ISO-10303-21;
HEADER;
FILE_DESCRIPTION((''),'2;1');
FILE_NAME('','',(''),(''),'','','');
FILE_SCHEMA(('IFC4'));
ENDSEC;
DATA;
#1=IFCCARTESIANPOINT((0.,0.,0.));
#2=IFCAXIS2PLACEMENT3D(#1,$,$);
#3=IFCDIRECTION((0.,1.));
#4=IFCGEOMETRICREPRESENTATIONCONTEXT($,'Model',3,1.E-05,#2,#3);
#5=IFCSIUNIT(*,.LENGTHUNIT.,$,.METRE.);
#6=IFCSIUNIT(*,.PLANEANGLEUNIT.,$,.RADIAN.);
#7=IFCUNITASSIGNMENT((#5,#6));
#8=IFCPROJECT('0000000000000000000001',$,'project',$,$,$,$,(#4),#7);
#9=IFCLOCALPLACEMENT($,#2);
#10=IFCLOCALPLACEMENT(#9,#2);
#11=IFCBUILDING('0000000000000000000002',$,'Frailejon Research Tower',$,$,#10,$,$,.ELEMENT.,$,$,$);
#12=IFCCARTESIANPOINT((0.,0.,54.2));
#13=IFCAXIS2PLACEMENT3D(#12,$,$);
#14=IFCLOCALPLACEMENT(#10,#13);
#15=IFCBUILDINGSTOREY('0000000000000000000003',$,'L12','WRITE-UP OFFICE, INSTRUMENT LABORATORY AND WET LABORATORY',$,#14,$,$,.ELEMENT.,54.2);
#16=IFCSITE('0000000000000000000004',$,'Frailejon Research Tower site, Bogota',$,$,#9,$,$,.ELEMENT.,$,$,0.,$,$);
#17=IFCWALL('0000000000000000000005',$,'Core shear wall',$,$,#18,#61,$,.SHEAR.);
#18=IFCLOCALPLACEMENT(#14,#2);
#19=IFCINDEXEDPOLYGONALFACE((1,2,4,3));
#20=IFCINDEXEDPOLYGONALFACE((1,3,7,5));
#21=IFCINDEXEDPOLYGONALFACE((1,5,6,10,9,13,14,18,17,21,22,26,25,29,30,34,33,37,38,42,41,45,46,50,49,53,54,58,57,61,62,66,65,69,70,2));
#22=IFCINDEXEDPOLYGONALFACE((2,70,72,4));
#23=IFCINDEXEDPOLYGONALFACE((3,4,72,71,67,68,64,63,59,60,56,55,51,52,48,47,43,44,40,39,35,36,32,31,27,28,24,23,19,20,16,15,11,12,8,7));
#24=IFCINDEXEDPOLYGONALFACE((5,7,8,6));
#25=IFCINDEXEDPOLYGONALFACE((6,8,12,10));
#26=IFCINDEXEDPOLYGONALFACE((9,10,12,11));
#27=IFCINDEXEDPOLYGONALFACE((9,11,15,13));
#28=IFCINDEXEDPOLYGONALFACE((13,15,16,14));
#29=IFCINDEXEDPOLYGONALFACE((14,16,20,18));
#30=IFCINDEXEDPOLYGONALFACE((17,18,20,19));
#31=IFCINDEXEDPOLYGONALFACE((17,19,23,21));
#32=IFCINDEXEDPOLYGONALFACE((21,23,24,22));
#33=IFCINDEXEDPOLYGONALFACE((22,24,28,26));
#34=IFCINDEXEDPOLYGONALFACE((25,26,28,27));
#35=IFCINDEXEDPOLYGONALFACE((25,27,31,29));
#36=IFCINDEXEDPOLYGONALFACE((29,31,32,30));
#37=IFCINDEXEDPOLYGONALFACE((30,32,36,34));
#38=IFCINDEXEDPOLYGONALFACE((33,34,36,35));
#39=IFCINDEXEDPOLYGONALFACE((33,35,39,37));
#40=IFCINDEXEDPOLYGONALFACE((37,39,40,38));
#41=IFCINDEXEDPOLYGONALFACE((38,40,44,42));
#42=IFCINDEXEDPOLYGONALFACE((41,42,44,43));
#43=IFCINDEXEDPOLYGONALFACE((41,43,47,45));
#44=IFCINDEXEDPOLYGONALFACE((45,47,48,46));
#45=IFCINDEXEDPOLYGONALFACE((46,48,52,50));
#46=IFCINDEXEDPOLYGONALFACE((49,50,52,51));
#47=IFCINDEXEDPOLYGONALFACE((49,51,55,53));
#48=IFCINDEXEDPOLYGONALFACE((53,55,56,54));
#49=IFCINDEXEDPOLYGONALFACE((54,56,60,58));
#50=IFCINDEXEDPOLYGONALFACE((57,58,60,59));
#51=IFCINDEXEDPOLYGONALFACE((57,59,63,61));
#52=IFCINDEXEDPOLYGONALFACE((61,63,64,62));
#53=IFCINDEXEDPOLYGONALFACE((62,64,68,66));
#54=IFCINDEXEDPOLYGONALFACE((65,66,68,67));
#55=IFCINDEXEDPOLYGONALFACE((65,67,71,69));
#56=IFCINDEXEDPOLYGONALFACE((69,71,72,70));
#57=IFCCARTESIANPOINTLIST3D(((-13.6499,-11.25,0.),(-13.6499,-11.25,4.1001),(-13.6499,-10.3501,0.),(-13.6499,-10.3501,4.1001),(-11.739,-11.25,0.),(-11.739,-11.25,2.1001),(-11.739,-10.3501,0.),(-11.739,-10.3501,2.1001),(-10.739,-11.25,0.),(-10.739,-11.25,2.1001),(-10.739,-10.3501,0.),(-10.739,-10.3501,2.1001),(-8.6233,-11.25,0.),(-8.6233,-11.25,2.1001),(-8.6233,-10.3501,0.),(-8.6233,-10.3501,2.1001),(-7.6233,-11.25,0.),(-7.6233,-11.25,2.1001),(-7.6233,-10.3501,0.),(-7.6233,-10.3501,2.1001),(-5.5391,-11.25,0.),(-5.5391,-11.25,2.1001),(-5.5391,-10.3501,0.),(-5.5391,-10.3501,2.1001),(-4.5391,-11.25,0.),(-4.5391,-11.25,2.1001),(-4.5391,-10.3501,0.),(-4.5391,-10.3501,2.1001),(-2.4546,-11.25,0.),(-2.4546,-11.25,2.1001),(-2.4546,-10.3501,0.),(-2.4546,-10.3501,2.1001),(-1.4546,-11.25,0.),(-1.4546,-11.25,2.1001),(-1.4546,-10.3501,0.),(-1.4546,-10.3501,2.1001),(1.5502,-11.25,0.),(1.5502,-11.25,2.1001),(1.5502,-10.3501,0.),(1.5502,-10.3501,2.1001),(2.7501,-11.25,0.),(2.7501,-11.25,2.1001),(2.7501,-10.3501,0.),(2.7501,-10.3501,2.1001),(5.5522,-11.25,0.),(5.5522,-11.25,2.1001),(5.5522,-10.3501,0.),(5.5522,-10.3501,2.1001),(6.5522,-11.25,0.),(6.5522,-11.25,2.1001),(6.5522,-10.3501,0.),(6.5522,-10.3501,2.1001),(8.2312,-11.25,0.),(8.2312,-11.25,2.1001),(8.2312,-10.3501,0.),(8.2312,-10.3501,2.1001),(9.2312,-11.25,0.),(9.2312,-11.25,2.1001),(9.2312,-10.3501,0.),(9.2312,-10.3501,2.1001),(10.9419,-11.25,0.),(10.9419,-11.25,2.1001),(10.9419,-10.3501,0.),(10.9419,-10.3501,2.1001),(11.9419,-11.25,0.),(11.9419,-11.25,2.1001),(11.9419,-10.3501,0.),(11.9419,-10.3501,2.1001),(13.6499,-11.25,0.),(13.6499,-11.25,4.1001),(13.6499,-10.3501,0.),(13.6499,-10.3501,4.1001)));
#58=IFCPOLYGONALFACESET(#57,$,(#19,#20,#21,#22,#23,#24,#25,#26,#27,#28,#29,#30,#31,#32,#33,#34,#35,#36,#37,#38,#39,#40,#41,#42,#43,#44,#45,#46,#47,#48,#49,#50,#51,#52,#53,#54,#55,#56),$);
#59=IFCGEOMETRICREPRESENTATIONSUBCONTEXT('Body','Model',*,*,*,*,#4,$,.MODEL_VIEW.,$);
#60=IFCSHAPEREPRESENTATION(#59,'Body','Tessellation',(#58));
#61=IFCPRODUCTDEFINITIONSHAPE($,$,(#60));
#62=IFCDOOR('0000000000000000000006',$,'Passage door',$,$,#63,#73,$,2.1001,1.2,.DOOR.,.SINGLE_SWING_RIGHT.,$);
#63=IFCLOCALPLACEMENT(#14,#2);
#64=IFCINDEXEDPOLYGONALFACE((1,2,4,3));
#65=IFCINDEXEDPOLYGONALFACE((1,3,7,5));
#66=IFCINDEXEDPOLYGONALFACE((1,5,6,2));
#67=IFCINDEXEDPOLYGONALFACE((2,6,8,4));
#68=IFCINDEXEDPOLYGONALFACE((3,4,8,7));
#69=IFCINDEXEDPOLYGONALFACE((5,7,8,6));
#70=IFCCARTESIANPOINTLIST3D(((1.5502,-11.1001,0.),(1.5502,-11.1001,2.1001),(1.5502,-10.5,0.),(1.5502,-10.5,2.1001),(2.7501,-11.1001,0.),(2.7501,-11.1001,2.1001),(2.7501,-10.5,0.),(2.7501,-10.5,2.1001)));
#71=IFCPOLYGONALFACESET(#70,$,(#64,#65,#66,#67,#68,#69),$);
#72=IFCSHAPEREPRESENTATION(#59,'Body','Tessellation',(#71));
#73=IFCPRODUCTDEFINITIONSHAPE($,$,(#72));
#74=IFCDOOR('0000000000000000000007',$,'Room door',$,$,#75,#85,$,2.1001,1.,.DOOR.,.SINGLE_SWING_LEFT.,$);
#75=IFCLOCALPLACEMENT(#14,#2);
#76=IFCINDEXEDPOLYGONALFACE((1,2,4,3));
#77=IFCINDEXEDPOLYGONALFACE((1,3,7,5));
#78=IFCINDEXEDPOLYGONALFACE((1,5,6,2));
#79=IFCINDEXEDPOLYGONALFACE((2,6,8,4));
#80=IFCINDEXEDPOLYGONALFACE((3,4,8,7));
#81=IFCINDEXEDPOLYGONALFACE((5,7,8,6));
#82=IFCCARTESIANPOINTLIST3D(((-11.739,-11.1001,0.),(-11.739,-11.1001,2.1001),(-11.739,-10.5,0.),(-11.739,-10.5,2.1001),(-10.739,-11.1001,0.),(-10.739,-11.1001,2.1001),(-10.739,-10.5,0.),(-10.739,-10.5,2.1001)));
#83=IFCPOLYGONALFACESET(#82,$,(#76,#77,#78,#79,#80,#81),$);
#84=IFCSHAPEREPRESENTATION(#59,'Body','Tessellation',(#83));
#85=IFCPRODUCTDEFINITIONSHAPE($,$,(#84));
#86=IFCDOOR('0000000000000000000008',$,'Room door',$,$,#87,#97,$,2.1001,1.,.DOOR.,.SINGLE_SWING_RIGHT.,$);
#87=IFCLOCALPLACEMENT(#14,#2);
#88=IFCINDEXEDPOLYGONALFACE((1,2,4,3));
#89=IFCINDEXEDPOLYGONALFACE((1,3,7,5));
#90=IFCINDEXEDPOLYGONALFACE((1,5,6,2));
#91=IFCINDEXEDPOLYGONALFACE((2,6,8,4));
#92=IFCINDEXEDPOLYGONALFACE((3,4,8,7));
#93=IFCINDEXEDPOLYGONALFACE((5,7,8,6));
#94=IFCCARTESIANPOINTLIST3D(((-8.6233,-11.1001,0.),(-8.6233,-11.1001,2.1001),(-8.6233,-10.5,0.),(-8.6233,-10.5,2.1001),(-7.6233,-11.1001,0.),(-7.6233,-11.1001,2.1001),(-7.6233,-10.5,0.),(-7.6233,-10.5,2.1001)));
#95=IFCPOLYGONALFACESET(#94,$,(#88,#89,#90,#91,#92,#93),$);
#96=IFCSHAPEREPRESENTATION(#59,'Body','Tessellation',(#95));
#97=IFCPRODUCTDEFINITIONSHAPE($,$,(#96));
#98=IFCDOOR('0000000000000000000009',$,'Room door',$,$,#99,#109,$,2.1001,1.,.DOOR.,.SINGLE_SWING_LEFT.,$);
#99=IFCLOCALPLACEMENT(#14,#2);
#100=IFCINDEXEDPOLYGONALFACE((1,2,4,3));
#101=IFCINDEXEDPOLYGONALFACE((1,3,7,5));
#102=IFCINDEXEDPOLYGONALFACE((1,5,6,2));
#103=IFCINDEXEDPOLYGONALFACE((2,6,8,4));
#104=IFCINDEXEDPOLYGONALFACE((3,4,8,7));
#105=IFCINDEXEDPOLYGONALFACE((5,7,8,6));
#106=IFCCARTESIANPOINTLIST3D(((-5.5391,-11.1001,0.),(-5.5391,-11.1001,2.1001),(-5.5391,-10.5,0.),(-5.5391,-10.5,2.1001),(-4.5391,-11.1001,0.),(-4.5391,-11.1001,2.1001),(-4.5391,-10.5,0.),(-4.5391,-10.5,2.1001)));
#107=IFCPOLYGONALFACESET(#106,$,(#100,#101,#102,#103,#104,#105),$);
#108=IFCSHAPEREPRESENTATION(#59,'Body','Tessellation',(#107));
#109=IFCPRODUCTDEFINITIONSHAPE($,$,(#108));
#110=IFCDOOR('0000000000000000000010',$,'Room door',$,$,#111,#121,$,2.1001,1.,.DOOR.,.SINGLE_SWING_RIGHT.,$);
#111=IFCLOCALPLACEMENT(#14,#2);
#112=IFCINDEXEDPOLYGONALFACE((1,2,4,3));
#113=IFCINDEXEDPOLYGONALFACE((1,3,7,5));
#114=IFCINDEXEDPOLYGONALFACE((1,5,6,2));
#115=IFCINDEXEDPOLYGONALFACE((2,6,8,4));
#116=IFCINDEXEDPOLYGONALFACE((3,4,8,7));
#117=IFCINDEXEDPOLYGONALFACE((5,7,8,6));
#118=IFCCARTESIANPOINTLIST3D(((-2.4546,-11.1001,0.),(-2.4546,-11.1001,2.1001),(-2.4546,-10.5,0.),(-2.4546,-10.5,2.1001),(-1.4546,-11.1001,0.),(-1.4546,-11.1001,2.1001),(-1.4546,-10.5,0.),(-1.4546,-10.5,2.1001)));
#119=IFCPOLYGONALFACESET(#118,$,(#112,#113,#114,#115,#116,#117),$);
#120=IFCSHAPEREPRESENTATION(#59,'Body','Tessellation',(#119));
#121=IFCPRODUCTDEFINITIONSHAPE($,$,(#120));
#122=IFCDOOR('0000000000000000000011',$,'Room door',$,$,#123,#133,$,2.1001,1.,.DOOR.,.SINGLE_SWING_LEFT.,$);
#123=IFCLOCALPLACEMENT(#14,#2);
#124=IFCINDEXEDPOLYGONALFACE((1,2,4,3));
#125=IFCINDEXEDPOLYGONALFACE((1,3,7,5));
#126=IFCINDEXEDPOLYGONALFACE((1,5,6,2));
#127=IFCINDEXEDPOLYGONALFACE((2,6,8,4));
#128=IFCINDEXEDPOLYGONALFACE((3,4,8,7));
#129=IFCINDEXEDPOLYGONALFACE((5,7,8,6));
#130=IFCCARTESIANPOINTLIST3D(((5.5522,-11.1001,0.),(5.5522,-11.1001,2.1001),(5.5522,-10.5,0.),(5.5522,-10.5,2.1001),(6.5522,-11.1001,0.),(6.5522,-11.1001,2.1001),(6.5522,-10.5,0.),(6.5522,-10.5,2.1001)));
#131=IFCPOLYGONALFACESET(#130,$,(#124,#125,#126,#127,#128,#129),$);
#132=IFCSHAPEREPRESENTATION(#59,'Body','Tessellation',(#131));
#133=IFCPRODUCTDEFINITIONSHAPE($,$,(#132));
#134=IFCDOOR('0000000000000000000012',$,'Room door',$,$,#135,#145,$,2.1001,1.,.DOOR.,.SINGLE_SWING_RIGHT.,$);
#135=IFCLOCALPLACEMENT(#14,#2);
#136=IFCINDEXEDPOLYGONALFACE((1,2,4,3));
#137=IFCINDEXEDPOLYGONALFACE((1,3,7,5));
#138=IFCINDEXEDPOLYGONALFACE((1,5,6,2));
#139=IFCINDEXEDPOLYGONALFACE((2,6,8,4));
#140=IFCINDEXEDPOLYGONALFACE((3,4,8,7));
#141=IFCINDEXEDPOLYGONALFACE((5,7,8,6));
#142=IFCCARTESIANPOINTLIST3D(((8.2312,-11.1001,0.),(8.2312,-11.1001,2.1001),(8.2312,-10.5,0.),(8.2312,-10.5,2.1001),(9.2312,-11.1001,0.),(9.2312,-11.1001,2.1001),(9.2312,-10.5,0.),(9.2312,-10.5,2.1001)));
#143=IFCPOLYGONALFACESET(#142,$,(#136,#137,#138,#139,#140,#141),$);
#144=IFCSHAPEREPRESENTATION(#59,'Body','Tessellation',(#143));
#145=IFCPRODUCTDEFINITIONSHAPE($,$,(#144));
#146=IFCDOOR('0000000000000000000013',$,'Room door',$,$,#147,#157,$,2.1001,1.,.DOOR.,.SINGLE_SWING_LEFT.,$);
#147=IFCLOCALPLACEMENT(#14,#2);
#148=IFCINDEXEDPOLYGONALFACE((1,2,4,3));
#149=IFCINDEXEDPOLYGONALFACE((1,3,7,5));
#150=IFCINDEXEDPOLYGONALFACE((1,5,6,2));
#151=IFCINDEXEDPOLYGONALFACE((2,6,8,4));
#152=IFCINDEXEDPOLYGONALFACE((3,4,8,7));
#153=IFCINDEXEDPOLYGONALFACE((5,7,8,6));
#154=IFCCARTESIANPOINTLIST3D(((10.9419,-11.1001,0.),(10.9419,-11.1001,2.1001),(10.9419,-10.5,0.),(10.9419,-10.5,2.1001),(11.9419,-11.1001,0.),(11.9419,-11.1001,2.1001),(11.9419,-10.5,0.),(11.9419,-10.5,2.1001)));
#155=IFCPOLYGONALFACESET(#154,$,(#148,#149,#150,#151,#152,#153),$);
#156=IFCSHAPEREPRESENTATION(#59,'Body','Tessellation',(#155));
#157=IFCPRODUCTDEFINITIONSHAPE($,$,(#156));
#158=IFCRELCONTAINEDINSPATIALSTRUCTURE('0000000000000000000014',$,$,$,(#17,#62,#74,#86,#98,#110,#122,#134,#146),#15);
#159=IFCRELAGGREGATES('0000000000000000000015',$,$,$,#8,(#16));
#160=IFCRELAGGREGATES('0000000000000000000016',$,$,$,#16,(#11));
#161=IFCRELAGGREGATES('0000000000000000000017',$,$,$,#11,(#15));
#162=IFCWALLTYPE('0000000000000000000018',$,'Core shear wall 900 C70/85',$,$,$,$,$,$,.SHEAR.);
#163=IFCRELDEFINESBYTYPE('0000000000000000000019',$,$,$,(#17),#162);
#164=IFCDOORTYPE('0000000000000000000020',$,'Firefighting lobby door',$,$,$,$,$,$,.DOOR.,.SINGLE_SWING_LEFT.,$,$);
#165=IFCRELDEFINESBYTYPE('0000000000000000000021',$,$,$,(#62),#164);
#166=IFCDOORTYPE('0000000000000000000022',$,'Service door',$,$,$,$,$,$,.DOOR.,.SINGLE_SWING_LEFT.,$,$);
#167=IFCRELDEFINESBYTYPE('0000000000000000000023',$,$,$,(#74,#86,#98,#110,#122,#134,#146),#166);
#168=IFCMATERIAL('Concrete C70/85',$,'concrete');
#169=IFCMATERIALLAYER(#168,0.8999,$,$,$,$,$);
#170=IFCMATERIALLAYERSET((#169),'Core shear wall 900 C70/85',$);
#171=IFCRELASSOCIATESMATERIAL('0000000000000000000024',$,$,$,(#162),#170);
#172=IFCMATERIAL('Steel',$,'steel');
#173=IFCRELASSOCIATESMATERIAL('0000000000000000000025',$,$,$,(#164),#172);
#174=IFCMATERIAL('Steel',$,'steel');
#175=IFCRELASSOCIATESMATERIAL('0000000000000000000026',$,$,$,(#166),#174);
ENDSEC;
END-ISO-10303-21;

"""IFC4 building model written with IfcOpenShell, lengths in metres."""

from ifc_helpers import new_model, si_unit, direction, frame, frame_2d, origin, place, context, subcontext, project, spatial, rectangle, extrude, material, layer, layer_set, type_object, element, fill, save


model = new_model("IFC4")

# Units and contexts
model_context = context("Model", 3, precision=1e-05, world=origin(), true_north=direction((0.0, 1.0)))
body_context = subcontext(model_context, "Body", "Model", "MODEL_VIEW")
ifc_project = project(units=[si_unit("LENGTHUNIT", "METRE"), si_unit("PLANEANGLEUNIT", "RADIAN")], contexts=[model_context])

# Site, building, storey
site_placement = place(None, origin())
site = spatial("IfcSite", under=ifc_project, at=site_placement, Name="Frailejon Research Tower site, Bogota", CompositionType="ELEMENT", RefElevation=0.0)
building_placement = place(site_placement, origin())
building = spatial("IfcBuilding", under=site, at=building_placement, Name="Frailejon Research Tower", CompositionType="ELEMENT")
storey_placement = place(building_placement, frame((0.0, 0.0, 54.2)))
storey = spatial("IfcBuildingStorey", under=building, at=storey_placement, Name="L12", Description="WRITE-UP OFFICE, INSTRUMENT LABORATORY AND WET LABORATORY", CompositionType="ELEMENT", Elevation=54.2)

# Wall, openings, doors
ifc_material_1 = material(Name="Concrete C70/85", Category="concrete")
ifc_layer_1 = layer(ifc_material_1, 0.8999)
ifc_layer_set_1 = layer_set([ifc_layer_1], Name="Core shear wall 900 C70/85")
wall_type_1 = type_object("IfcWallType", Name="Core shear wall 900 C70/85", PredefinedType="SHEAR", material=ifc_layer_set_1)
wall_1_placement = place(storey_placement, frame((-13.6499, -10.8, 0.0), z_axis=(0.0, 0.0, 1.0), x_axis=(1.0, 0.0, 0.0)))
wall_1 = element("IfcWall", 1, at=wall_1_placement, inside=storey, type_object=wall_type_1, Name="Core shear wall", PredefinedType="SHEAR", context=body_context, shape_type="SweptSolid", body=[
    extrude(rectangle(XDim=27.2998, YDim=0.8999, at=frame_2d((13.6499, 0.0))), origin(), (0.0, 0.0, 1.0), 4.1001),
])
opening_1_placement = place(wall_1_placement, frame((1.9109, 0.0, 0.0)))
opening_1 = element("IfcOpeningElement", 2, at=opening_1_placement, cuts=wall_1, PredefinedType="OPENING", context=body_context, shape_type="SweptSolid", body=[
    extrude(rectangle(XDim=1.0, YDim=2.1001, at=frame_2d((0.5, 1.05))), frame((0.0, 0.46, 0.0), z_axis=(0.0, -1.0, 0.0), x_axis=(1.0, 0.0, 0.0)), (0.0, 0.0, 1.0), 0.9199),
])
opening_2_placement = place(wall_1_placement, frame((5.0266, 0.0, 0.0)))
opening_2 = element("IfcOpeningElement", 3, at=opening_2_placement, cuts=wall_1, PredefinedType="OPENING", context=body_context, shape_type="SweptSolid", body=[
    extrude(rectangle(XDim=1.0, YDim=2.1001, at=frame_2d((0.5, 1.05))), frame((0.0, 0.46, 0.0), z_axis=(0.0, -1.0, 0.0), x_axis=(1.0, 0.0, 0.0)), (0.0, 0.0, 1.0), 0.9199),
])
opening_3_placement = place(wall_1_placement, frame((8.1108, 0.0, 0.0)))
opening_3 = element("IfcOpeningElement", 4, at=opening_3_placement, cuts=wall_1, PredefinedType="OPENING", context=body_context, shape_type="SweptSolid", body=[
    extrude(rectangle(XDim=1.0, YDim=2.1001, at=frame_2d((0.5, 1.05))), frame((0.0, 0.46, 0.0), z_axis=(0.0, -1.0, 0.0), x_axis=(1.0, 0.0, 0.0)), (0.0, 0.0, 1.0), 0.9199),
])
opening_4_placement = place(wall_1_placement, frame((11.1953, 0.0, 0.0)))
opening_4 = element("IfcOpeningElement", 5, at=opening_4_placement, cuts=wall_1, PredefinedType="OPENING", context=body_context, shape_type="SweptSolid", body=[
    extrude(rectangle(XDim=1.0, YDim=2.1001, at=frame_2d((0.5, 1.05))), frame((0.0, 0.46, 0.0), z_axis=(0.0, -1.0, 0.0), x_axis=(1.0, 0.0, 0.0)), (0.0, 0.0, 1.0), 0.9199),
])
opening_5_placement = place(wall_1_placement, frame((19.2021, 0.0, 0.0)))
opening_5 = element("IfcOpeningElement", 6, at=opening_5_placement, cuts=wall_1, PredefinedType="OPENING", context=body_context, shape_type="SweptSolid", body=[
    extrude(rectangle(XDim=1.0, YDim=2.1001, at=frame_2d((0.5, 1.05))), frame((0.0, 0.46, 0.0), z_axis=(0.0, -1.0, 0.0), x_axis=(1.0, 0.0, 0.0)), (0.0, 0.0, 1.0), 0.9199),
])
opening_6_placement = place(wall_1_placement, frame((21.8811, 0.0, 0.0)))
opening_6 = element("IfcOpeningElement", 7, at=opening_6_placement, cuts=wall_1, PredefinedType="OPENING", context=body_context, shape_type="SweptSolid", body=[
    extrude(rectangle(XDim=1.0, YDim=2.1001, at=frame_2d((0.5, 1.05))), frame((0.0, 0.46, 0.0), z_axis=(0.0, -1.0, 0.0), x_axis=(1.0, 0.0, 0.0)), (0.0, 0.0, 1.0), 0.9199),
])
opening_7_placement = place(wall_1_placement, frame((24.5918, 0.0, 0.0)))
opening_7 = element("IfcOpeningElement", 8, at=opening_7_placement, cuts=wall_1, PredefinedType="OPENING", context=body_context, shape_type="SweptSolid", body=[
    extrude(rectangle(XDim=1.0, YDim=2.1001, at=frame_2d((0.5, 1.05))), frame((0.0, 0.46, 0.0), z_axis=(0.0, -1.0, 0.0), x_axis=(1.0, 0.0, 0.0)), (0.0, 0.0, 1.0), 0.9199),
])
opening_8_placement = place(wall_1_placement, frame((15.2, 0.0, 0.0)))
opening_8 = element("IfcOpeningElement", 9, at=opening_8_placement, cuts=wall_1, PredefinedType="OPENING", context=body_context, shape_type="SweptSolid", body=[
    extrude(rectangle(XDim=1.2, YDim=2.1001, at=frame_2d((0.6001, 1.05))), frame((0.0, 0.46, 0.0), z_axis=(0.0, -1.0, 0.0), x_axis=(1.0, 0.0, 0.0)), (0.0, 0.0, 1.0), 0.9199),
])
ifc_material_2 = material(Name="Steel", Category="steel")
door_type_1 = type_object("IfcDoorType", Name="Firefighting lobby door", OperationType="SINGLE_SWING_LEFT", PredefinedType="DOOR", material=ifc_material_2)
door_1_placement = place(opening_8_placement, origin())
door_1 = element("IfcDoor", 10, at=door_1_placement, inside=storey, type_object=door_type_1, Name="Passage door", OperationType="SINGLE_SWING_RIGHT", OverallHeight=2.1001, OverallWidth=1.2, PredefinedType="DOOR", context=body_context, shape_type="SweptSolid", body=[
    extrude(rectangle(XDim=1.2, YDim=2.1001, at=frame_2d((0.6001, 1.05))), frame((0.0, 0.3, 0.0), z_axis=(0.0, -1.0, 0.0), x_axis=(1.0, 0.0, 0.0)), (0.0, 0.0, 1.0), 0.6001),
])
fill(opening_8, door_1)
ifc_material_3 = material(Name="Steel", Category="steel")
door_type_2 = type_object("IfcDoorType", Name="Service door", OperationType="SINGLE_SWING_LEFT", PredefinedType="DOOR", material=ifc_material_3)
door_2_placement = place(opening_1_placement, origin())
door_2 = element("IfcDoor", 11, at=door_2_placement, inside=storey, type_object=door_type_2, Name="Room door", OperationType="SINGLE_SWING_LEFT", OverallHeight=2.1001, OverallWidth=1.0, PredefinedType="DOOR", context=body_context, shape_type="SweptSolid", body=[
    extrude(rectangle(XDim=1.0, YDim=2.1001, at=frame_2d((0.5, 1.05))), frame((0.0, 0.3, 0.0), z_axis=(0.0, -1.0, 0.0), x_axis=(1.0, 0.0, 0.0)), (0.0, 0.0, 1.0), 0.6001),
])
fill(opening_1, door_2)
door_3_placement = place(opening_2_placement, origin())
door_3 = element("IfcDoor", 12, at=door_3_placement, inside=storey, type_object=door_type_2, Name="Room door", OperationType="SINGLE_SWING_RIGHT", OverallHeight=2.1001, OverallWidth=1.0, PredefinedType="DOOR", context=body_context, shape_type="SweptSolid", body=[
    extrude(rectangle(XDim=1.0, YDim=2.1001, at=frame_2d((0.5, 1.05))), frame((0.0, 0.3, 0.0), z_axis=(0.0, -1.0, 0.0), x_axis=(1.0, 0.0, 0.0)), (0.0, 0.0, 1.0), 0.6001),
])
fill(opening_2, door_3)
door_4_placement = place(opening_3_placement, origin())
door_4 = element("IfcDoor", 13, at=door_4_placement, inside=storey, type_object=door_type_2, Name="Room door", OperationType="SINGLE_SWING_LEFT", OverallHeight=2.1001, OverallWidth=1.0, PredefinedType="DOOR", context=body_context, shape_type="SweptSolid", body=[
    extrude(rectangle(XDim=1.0, YDim=2.1001, at=frame_2d((0.5, 1.05))), frame((0.0, 0.3, 0.0), z_axis=(0.0, -1.0, 0.0), x_axis=(1.0, 0.0, 0.0)), (0.0, 0.0, 1.0), 0.6001),
])
fill(opening_3, door_4)
door_5_placement = place(opening_4_placement, origin())
door_5 = element("IfcDoor", 14, at=door_5_placement, inside=storey, type_object=door_type_2, Name="Room door", OperationType="SINGLE_SWING_RIGHT", OverallHeight=2.1001, OverallWidth=1.0, PredefinedType="DOOR", context=body_context, shape_type="SweptSolid", body=[
    extrude(rectangle(XDim=1.0, YDim=2.1001, at=frame_2d((0.5, 1.05))), frame((0.0, 0.3, 0.0), z_axis=(0.0, -1.0, 0.0), x_axis=(1.0, 0.0, 0.0)), (0.0, 0.0, 1.0), 0.6001),
])
fill(opening_4, door_5)
door_6_placement = place(opening_5_placement, origin())
door_6 = element("IfcDoor", 15, at=door_6_placement, inside=storey, type_object=door_type_2, Name="Room door", OperationType="SINGLE_SWING_LEFT", OverallHeight=2.1001, OverallWidth=1.0, PredefinedType="DOOR", context=body_context, shape_type="SweptSolid", body=[
    extrude(rectangle(XDim=1.0, YDim=2.1001, at=frame_2d((0.5, 1.05))), frame((0.0, 0.3, 0.0), z_axis=(0.0, -1.0, 0.0), x_axis=(1.0, 0.0, 0.0)), (0.0, 0.0, 1.0), 0.6001),
])
fill(opening_5, door_6)
door_7_placement = place(opening_6_placement, origin())
door_7 = element("IfcDoor", 16, at=door_7_placement, inside=storey, type_object=door_type_2, Name="Room door", OperationType="SINGLE_SWING_RIGHT", OverallHeight=2.1001, OverallWidth=1.0, PredefinedType="DOOR", context=body_context, shape_type="SweptSolid", body=[
    extrude(rectangle(XDim=1.0, YDim=2.1001, at=frame_2d((0.5, 1.05))), frame((0.0, 0.3, 0.0), z_axis=(0.0, -1.0, 0.0), x_axis=(1.0, 0.0, 0.0)), (0.0, 0.0, 1.0), 0.6001),
])
fill(opening_6, door_7)
door_8_placement = place(opening_7_placement, origin())
door_8 = element("IfcDoor", 17, at=door_8_placement, inside=storey, type_object=door_type_2, Name="Room door", OperationType="SINGLE_SWING_LEFT", OverallHeight=2.1001, OverallWidth=1.0, PredefinedType="DOOR", context=body_context, shape_type="SweptSolid", body=[
    extrude(rectangle(XDim=1.0, YDim=2.1001, at=frame_2d((0.5, 1.05))), frame((0.0, 0.3, 0.0), z_axis=(0.0, -1.0, 0.0), x_axis=(1.0, 0.0, 0.0)), (0.0, 0.0, 1.0), 0.6001),
])
fill(opening_7, door_8)

save(model, "model.ifc")
